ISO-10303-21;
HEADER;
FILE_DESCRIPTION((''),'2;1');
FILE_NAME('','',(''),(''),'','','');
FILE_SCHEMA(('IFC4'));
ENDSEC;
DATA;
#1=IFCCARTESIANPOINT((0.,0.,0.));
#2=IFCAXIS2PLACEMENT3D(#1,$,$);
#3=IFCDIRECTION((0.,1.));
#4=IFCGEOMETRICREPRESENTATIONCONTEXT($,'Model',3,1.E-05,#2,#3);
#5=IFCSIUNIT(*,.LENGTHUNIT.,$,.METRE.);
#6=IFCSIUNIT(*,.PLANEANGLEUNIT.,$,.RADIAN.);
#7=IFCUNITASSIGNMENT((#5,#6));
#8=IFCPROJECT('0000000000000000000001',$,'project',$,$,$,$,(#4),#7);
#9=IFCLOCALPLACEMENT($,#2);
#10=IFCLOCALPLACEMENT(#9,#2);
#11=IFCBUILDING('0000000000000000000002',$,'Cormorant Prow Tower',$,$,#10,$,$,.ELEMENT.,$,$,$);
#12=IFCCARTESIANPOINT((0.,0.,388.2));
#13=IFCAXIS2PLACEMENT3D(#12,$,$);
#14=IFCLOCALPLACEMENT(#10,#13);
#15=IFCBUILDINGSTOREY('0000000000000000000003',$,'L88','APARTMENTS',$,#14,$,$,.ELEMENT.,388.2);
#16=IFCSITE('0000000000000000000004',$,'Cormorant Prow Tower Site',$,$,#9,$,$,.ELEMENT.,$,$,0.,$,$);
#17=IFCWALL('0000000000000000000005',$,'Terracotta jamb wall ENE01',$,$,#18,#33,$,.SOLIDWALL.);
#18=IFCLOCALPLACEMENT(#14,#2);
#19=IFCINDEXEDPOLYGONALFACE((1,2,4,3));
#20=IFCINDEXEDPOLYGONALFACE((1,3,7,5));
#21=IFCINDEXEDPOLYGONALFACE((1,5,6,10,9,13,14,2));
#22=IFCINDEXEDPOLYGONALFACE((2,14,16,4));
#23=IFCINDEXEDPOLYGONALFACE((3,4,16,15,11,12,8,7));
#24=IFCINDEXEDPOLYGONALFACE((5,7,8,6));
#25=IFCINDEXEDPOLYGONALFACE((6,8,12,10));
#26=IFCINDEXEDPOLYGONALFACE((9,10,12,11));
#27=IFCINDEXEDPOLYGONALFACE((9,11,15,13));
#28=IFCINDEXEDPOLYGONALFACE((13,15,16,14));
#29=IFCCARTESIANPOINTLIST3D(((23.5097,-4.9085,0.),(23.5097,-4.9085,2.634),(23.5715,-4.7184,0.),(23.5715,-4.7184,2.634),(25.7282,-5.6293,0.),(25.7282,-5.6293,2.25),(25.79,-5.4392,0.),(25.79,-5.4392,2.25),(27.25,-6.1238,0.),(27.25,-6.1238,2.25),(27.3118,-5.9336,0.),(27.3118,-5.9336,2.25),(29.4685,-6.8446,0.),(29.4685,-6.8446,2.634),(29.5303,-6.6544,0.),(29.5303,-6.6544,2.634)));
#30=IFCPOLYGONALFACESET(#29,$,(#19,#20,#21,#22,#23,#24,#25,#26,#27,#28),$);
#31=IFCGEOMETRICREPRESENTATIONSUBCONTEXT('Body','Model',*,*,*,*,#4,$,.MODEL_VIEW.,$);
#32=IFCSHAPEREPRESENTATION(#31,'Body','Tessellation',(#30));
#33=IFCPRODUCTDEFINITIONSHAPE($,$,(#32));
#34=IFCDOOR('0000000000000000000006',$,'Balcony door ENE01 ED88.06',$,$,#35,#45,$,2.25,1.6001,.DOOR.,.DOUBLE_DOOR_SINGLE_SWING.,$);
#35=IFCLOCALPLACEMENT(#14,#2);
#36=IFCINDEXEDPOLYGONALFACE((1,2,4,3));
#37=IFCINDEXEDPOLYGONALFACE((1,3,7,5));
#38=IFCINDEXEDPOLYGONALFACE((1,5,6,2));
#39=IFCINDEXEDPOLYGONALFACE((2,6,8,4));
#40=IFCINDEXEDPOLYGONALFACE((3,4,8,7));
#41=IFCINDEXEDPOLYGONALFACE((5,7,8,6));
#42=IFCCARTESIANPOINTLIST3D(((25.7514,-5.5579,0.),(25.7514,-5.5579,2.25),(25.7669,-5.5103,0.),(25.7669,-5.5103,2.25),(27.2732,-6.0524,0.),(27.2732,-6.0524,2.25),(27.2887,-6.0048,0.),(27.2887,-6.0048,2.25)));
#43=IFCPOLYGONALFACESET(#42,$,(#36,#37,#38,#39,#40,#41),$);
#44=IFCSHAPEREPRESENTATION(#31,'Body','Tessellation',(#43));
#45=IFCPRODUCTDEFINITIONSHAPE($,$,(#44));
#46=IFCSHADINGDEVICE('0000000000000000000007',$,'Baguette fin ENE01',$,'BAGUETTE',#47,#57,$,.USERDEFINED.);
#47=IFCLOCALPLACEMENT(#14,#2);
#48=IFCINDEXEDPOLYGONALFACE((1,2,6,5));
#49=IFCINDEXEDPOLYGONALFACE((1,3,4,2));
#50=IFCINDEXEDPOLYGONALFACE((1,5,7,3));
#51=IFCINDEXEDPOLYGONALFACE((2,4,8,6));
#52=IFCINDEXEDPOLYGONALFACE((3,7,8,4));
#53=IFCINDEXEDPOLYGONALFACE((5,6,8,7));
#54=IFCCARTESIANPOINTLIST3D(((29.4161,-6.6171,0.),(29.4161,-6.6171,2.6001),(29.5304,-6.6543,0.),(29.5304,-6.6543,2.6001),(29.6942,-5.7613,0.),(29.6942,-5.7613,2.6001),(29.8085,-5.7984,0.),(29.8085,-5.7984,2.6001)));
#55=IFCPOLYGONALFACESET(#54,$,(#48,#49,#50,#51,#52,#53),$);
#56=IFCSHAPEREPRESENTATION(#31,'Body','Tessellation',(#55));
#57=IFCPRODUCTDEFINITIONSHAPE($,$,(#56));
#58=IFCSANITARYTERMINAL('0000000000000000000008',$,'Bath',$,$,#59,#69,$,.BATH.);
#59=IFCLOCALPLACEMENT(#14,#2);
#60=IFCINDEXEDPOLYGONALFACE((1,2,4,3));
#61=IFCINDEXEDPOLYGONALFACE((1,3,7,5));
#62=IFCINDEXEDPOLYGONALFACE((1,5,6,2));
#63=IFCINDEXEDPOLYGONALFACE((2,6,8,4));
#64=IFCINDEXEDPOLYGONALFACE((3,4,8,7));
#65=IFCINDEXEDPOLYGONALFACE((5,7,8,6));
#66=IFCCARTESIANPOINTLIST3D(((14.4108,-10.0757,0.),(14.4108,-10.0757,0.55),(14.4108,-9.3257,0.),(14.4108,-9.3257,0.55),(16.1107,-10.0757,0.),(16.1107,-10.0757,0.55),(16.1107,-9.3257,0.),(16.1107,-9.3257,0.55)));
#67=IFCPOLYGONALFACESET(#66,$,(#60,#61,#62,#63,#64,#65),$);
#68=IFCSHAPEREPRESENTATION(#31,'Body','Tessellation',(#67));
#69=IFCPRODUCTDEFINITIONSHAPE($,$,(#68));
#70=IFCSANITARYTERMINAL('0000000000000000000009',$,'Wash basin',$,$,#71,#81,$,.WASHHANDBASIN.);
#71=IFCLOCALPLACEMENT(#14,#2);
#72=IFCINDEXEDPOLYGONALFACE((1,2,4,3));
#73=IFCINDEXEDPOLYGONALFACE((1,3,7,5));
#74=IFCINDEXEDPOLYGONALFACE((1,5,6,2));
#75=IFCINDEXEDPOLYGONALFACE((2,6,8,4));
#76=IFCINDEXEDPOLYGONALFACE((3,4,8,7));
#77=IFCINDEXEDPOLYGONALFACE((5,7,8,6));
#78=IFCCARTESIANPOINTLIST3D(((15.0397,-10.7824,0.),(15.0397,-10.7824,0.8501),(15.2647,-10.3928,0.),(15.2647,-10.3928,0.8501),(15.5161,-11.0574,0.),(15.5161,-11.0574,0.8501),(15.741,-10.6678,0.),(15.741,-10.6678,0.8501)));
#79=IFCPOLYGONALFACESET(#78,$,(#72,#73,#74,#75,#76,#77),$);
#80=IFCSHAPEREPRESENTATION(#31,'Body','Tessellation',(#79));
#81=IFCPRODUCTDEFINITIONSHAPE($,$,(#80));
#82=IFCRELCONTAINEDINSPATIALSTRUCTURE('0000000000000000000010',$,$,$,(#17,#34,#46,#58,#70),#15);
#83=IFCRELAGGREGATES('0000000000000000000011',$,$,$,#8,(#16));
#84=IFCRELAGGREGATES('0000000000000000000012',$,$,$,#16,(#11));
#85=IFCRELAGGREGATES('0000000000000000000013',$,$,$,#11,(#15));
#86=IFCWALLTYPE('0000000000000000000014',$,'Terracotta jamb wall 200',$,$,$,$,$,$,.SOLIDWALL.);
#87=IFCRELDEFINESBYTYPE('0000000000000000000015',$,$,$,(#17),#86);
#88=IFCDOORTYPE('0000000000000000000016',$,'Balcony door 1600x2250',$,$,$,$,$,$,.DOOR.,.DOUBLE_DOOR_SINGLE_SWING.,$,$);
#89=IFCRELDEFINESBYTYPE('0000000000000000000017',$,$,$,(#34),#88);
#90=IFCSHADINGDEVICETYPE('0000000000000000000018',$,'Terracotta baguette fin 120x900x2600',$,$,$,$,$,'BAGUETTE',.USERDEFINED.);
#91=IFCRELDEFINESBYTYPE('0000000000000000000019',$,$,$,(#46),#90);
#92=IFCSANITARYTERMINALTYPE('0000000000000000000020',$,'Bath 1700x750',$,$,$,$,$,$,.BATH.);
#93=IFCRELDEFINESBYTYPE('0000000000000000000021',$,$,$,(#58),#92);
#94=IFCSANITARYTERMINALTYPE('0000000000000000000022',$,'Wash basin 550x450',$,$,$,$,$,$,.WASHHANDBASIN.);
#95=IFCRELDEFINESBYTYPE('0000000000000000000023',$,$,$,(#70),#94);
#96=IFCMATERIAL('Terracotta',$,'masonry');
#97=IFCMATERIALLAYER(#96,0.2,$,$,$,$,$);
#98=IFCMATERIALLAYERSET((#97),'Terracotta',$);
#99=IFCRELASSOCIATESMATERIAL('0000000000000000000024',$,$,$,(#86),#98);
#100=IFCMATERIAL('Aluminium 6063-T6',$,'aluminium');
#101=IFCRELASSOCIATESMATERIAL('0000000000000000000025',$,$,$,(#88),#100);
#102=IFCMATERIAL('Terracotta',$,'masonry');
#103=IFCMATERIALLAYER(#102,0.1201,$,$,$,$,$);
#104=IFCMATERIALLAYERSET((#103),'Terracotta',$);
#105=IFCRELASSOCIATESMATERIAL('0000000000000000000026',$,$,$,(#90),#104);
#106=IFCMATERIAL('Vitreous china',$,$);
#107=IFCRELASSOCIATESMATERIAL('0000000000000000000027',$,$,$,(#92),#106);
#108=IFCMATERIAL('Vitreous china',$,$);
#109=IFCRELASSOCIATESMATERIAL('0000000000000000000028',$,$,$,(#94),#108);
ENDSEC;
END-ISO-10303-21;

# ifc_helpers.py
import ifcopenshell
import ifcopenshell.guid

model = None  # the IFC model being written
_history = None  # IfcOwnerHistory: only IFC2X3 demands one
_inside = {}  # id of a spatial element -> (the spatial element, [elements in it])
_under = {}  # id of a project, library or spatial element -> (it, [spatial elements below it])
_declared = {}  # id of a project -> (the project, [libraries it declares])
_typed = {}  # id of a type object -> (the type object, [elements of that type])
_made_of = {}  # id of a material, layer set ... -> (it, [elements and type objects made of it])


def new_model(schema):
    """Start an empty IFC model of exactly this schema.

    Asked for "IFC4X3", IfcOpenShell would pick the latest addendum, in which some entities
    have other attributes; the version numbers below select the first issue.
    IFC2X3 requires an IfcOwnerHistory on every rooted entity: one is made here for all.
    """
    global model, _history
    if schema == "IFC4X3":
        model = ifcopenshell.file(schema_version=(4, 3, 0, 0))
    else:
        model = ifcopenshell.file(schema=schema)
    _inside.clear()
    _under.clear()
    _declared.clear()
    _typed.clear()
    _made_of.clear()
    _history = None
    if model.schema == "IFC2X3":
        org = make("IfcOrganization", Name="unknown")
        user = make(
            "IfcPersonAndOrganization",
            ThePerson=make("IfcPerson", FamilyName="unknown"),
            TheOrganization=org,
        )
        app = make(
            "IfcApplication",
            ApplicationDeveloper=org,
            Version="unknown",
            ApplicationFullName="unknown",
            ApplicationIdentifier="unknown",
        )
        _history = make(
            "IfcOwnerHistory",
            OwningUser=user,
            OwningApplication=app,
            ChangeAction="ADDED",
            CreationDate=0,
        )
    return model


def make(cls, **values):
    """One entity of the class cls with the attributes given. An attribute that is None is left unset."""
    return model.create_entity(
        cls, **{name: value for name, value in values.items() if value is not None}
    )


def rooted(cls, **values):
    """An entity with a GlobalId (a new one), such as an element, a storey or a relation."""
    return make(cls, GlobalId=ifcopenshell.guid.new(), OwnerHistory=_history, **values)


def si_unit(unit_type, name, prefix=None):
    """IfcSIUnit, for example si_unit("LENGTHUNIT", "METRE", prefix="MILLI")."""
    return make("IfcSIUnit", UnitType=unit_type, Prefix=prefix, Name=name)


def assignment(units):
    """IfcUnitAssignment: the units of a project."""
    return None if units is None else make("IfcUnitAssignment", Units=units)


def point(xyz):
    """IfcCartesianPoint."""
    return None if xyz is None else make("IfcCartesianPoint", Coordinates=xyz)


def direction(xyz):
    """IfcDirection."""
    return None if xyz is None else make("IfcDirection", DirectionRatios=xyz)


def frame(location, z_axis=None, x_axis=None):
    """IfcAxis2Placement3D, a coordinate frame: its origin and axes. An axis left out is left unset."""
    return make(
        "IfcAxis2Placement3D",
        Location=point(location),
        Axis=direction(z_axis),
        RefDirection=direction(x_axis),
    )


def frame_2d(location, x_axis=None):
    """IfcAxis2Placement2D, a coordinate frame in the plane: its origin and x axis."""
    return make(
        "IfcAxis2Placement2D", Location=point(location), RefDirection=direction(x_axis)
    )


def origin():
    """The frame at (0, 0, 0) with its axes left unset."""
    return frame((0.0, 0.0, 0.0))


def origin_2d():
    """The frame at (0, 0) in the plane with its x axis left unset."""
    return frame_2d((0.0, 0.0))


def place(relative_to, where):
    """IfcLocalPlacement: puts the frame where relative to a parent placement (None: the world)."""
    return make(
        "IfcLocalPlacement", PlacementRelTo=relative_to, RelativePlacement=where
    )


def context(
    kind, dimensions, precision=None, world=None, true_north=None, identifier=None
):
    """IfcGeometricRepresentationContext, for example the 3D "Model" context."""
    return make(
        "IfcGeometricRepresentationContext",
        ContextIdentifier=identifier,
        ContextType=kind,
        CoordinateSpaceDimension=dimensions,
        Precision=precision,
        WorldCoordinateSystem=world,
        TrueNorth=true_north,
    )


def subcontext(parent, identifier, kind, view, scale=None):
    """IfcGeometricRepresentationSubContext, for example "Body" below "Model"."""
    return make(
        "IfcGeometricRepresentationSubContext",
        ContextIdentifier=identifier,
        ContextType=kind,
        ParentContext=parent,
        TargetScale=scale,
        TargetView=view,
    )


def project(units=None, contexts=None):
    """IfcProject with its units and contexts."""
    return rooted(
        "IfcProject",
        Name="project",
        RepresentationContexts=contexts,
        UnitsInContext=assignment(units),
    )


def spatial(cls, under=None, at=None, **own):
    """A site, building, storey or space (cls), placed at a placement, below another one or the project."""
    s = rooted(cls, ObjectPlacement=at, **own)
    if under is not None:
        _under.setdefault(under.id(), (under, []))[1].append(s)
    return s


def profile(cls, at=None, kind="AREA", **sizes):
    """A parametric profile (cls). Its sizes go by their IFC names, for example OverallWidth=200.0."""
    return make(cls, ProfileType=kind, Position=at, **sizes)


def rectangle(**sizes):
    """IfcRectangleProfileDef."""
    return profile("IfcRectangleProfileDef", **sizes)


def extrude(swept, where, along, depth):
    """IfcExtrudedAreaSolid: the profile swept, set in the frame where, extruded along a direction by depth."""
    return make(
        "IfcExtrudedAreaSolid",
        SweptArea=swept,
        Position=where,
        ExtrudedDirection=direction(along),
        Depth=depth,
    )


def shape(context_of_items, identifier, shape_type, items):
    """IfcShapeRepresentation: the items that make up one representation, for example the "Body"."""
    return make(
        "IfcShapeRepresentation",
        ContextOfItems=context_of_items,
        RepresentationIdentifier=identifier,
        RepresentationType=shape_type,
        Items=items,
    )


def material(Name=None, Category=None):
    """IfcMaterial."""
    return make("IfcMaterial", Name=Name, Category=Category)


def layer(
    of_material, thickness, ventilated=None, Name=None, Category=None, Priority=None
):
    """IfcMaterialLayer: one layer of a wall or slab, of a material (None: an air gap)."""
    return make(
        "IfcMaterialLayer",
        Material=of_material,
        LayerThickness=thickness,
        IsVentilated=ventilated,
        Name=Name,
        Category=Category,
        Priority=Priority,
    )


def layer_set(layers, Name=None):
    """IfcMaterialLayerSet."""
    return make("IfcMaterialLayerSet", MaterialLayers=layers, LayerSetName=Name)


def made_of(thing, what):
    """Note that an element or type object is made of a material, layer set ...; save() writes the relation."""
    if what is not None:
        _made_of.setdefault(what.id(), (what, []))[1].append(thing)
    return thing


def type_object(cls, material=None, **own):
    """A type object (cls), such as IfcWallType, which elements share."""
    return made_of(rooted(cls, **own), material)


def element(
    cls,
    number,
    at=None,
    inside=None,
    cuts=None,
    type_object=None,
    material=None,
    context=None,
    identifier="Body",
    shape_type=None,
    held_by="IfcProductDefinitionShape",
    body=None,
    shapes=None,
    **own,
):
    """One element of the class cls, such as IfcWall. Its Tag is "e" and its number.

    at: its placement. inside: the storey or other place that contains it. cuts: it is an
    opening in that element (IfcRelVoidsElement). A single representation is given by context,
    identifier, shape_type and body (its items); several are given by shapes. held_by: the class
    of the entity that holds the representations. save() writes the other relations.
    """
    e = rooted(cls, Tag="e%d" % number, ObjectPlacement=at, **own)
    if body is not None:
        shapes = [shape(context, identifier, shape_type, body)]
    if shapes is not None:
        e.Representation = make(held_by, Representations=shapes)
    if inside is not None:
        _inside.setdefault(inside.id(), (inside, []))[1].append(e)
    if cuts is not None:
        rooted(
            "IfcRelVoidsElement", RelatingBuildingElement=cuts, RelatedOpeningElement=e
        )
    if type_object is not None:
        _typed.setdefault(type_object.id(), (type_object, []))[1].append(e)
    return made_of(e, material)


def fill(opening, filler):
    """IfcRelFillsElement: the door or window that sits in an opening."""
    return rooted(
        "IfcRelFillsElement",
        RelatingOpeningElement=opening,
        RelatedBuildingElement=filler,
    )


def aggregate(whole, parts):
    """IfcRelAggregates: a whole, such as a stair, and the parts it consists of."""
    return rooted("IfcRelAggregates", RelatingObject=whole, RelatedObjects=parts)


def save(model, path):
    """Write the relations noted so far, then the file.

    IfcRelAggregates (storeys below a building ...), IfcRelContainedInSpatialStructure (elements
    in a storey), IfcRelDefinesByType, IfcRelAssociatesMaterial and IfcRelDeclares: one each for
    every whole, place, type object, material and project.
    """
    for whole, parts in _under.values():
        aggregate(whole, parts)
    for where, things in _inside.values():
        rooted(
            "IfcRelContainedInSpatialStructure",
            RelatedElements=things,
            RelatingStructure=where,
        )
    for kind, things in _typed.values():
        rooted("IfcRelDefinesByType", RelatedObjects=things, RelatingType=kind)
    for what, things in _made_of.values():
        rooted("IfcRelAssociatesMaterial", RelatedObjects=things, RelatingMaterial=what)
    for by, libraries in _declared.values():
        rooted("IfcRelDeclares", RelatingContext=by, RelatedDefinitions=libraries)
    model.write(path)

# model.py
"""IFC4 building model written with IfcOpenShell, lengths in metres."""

from ifc_helpers import new_model, si_unit, direction, frame, frame_2d, origin, origin_2d, place, context, subcontext, project, spatial, rectangle, extrude, material, layer, layer_set, type_object, element, fill, save


model = new_model("IFC4")

# Units and contexts
model_context = context("Model", 3, precision=1e-05, world=origin(), true_north=direction((0.0, 1.0)))
body_context = subcontext(model_context, "Body", "Model", "MODEL_VIEW")
ifc_project = project(units=[si_unit("LENGTHUNIT", "METRE"), si_unit("PLANEANGLEUNIT", "RADIAN")], contexts=[model_context])

# Site, building, storey
site_placement = place(None, origin())
site = spatial("IfcSite", under=ifc_project, at=site_placement, Name="Cormorant Prow Tower Site", CompositionType="ELEMENT", RefElevation=0.0)
building_placement = place(site_placement, origin())
building = spatial("IfcBuilding", under=site, at=building_placement, Name="Cormorant Prow Tower", CompositionType="ELEMENT")
storey_placement = place(building_placement, frame((0.0, 0.0, 388.2)))
storey = spatial("IfcBuildingStorey", under=building, at=storey_placement, Name="L88", Description="APARTMENTS", CompositionType="ELEMENT", Elevation=388.2)

# Wall, opening, door
ifc_material_1 = material(Name="Terracotta", Category="masonry")
ifc_layer_1 = layer(ifc_material_1, 0.2)
ifc_layer_set_1 = layer_set([ifc_layer_1], Name="Terracotta")
wall_type_1 = type_object("IfcWallType", Name="Terracotta jamb wall 200", PredefinedType="SOLIDWALL", material=ifc_layer_set_1)
wall_1_placement = place(storey_placement, frame((29.4995, -6.7495, 0.0), z_axis=(0.0, 0.0, 1.0), x_axis=(-0.95106, 0.309006, 0.0)))
wall_1 = element("IfcWall", 1, at=wall_1_placement, inside=storey, type_object=wall_type_1, Name="Terracotta jamb wall ENE01", PredefinedType="SOLIDWALL", context=body_context, shape_type="SweptSolid", body=[
    extrude(rectangle(XDim=6.2654, YDim=0.2, at=frame_2d((3.1328, 0.0))), origin(), (0.0, 0.0, 1.0), 2.634),
])
opening_1_placement = place(wall_1_placement, frame((2.3328, 0.0, 0.0)))
opening_1 = element("IfcOpeningElement", 2, at=opening_1_placement, cuts=wall_1, PredefinedType="OPENING", context=body_context, shape_type="SweptSolid", body=[
    extrude(rectangle(XDim=1.6001, YDim=2.25, at=frame_2d((0.8, 1.125))), frame((0.0, 0.1099, 0.0), z_axis=(0.0, -1.0, 0.0), x_axis=(1.0, 0.0, 0.0)), (0.0, 0.0, 1.0), 0.22),
])
ifc_material_2 = material(Name="Aluminium 6063-T6", Category="aluminium")
door_type_1 = type_object("IfcDoorType", Name="Balcony door 1600x2250", OperationType="DOUBLE_DOOR_SINGLE_SWING", PredefinedType="DOOR", material=ifc_material_2)
door_1_placement = place(opening_1_placement, origin())
door_1 = element("IfcDoor", 3, at=door_1_placement, inside=storey, type_object=door_type_1, Name="Balcony door ENE01 ED88.06", OperationType="DOUBLE_DOOR_SINGLE_SWING", OverallHeight=2.25, OverallWidth=1.6001, PredefinedType="DOOR", context=body_context, shape_type="SweptSolid", body=[
    extrude(rectangle(XDim=1.6001, YDim=2.25, at=frame_2d((0.8, 1.125))), frame((0.0, 0.0249, 0.0), z_axis=(0.0, -1.0, 0.0), x_axis=(1.0, 0.0, 0.0)), (0.0, 0.0, 1.0), 0.05),
])
fill(opening_1, door_1)

# Shading device
ifc_material_3 = material(Name="Terracotta", Category="masonry")
ifc_layer_2 = layer(ifc_material_3, 0.1201)
ifc_layer_set_2 = layer_set([ifc_layer_2], Name="Terracotta")
shading_device_type = type_object("IfcShadingDeviceType", Name="Terracotta baguette fin 120x900x2600", ElementType="BAGUETTE", PredefinedType="USERDEFINED", material=ifc_layer_set_2)
shading_device_placement = place(storey_placement, frame((29.6123, -6.2078, 0.0), z_axis=(0.0, 0.0, 1.0), x_axis=(-0.951057, 0.309017, 0.0)))
element("IfcShadingDevice", 4, at=shading_device_placement, inside=storey, type_object=shading_device_type, Name="Baguette fin ENE01", ObjectType="BAGUETTE", PredefinedType="USERDEFINED", context=body_context, shape_type="SweptSolid", body=[
    extrude(rectangle(XDim=0.1201, YDim=0.8999, at=origin_2d()), origin(), (0.0, 0.0, 1.0), 2.6001),
])

# Sanitary terminals
ifc_material_4 = material(Name="Vitreous china")
sanitary_terminal_type_1 = type_object("IfcSanitaryTerminalType", Name="Bath 1700x750", PredefinedType="BATH", material=ifc_material_4)
sanitary_terminal_1_placement = place(storey_placement, frame((15.2607, -9.7007, 0.0), z_axis=(0.0, 0.0, 1.0), x_axis=(1.0, 0.0, 0.0)))
element("IfcSanitaryTerminal", 5, at=sanitary_terminal_1_placement, inside=storey, type_object=sanitary_terminal_type_1, Name="Bath", PredefinedType="BATH", context=body_context, shape_type="SweptSolid", body=[
    extrude(rectangle(XDim=1.7, YDim=0.75, at=origin_2d()), origin(), (0.0, 0.0, 1.0), 0.55),
])
ifc_material_5 = material(Name="Vitreous china")
sanitary_terminal_type_2 = type_object("IfcSanitaryTerminalType", Name="Wash basin 550x450", PredefinedType="WASHHANDBASIN", material=ifc_material_5)
sanitary_terminal_2_placement = place(storey_placement, frame((15.3904, -10.7251, 0.0), z_axis=(0.0, 0.0, 1.0), x_axis=(-0.866025, 0.5, 0.0)))
element("IfcSanitaryTerminal", 6, at=sanitary_terminal_2_placement, inside=storey, type_object=sanitary_terminal_type_2, Name="Wash basin", PredefinedType="WASHHANDBASIN", context=body_context, shape_type="SweptSolid", body=[
    extrude(rectangle(XDim=0.55, YDim=0.45, at=origin_2d()), origin(), (0.0, 0.0, 1.0), 0.8501),
])

save(model, "model.ifc")
